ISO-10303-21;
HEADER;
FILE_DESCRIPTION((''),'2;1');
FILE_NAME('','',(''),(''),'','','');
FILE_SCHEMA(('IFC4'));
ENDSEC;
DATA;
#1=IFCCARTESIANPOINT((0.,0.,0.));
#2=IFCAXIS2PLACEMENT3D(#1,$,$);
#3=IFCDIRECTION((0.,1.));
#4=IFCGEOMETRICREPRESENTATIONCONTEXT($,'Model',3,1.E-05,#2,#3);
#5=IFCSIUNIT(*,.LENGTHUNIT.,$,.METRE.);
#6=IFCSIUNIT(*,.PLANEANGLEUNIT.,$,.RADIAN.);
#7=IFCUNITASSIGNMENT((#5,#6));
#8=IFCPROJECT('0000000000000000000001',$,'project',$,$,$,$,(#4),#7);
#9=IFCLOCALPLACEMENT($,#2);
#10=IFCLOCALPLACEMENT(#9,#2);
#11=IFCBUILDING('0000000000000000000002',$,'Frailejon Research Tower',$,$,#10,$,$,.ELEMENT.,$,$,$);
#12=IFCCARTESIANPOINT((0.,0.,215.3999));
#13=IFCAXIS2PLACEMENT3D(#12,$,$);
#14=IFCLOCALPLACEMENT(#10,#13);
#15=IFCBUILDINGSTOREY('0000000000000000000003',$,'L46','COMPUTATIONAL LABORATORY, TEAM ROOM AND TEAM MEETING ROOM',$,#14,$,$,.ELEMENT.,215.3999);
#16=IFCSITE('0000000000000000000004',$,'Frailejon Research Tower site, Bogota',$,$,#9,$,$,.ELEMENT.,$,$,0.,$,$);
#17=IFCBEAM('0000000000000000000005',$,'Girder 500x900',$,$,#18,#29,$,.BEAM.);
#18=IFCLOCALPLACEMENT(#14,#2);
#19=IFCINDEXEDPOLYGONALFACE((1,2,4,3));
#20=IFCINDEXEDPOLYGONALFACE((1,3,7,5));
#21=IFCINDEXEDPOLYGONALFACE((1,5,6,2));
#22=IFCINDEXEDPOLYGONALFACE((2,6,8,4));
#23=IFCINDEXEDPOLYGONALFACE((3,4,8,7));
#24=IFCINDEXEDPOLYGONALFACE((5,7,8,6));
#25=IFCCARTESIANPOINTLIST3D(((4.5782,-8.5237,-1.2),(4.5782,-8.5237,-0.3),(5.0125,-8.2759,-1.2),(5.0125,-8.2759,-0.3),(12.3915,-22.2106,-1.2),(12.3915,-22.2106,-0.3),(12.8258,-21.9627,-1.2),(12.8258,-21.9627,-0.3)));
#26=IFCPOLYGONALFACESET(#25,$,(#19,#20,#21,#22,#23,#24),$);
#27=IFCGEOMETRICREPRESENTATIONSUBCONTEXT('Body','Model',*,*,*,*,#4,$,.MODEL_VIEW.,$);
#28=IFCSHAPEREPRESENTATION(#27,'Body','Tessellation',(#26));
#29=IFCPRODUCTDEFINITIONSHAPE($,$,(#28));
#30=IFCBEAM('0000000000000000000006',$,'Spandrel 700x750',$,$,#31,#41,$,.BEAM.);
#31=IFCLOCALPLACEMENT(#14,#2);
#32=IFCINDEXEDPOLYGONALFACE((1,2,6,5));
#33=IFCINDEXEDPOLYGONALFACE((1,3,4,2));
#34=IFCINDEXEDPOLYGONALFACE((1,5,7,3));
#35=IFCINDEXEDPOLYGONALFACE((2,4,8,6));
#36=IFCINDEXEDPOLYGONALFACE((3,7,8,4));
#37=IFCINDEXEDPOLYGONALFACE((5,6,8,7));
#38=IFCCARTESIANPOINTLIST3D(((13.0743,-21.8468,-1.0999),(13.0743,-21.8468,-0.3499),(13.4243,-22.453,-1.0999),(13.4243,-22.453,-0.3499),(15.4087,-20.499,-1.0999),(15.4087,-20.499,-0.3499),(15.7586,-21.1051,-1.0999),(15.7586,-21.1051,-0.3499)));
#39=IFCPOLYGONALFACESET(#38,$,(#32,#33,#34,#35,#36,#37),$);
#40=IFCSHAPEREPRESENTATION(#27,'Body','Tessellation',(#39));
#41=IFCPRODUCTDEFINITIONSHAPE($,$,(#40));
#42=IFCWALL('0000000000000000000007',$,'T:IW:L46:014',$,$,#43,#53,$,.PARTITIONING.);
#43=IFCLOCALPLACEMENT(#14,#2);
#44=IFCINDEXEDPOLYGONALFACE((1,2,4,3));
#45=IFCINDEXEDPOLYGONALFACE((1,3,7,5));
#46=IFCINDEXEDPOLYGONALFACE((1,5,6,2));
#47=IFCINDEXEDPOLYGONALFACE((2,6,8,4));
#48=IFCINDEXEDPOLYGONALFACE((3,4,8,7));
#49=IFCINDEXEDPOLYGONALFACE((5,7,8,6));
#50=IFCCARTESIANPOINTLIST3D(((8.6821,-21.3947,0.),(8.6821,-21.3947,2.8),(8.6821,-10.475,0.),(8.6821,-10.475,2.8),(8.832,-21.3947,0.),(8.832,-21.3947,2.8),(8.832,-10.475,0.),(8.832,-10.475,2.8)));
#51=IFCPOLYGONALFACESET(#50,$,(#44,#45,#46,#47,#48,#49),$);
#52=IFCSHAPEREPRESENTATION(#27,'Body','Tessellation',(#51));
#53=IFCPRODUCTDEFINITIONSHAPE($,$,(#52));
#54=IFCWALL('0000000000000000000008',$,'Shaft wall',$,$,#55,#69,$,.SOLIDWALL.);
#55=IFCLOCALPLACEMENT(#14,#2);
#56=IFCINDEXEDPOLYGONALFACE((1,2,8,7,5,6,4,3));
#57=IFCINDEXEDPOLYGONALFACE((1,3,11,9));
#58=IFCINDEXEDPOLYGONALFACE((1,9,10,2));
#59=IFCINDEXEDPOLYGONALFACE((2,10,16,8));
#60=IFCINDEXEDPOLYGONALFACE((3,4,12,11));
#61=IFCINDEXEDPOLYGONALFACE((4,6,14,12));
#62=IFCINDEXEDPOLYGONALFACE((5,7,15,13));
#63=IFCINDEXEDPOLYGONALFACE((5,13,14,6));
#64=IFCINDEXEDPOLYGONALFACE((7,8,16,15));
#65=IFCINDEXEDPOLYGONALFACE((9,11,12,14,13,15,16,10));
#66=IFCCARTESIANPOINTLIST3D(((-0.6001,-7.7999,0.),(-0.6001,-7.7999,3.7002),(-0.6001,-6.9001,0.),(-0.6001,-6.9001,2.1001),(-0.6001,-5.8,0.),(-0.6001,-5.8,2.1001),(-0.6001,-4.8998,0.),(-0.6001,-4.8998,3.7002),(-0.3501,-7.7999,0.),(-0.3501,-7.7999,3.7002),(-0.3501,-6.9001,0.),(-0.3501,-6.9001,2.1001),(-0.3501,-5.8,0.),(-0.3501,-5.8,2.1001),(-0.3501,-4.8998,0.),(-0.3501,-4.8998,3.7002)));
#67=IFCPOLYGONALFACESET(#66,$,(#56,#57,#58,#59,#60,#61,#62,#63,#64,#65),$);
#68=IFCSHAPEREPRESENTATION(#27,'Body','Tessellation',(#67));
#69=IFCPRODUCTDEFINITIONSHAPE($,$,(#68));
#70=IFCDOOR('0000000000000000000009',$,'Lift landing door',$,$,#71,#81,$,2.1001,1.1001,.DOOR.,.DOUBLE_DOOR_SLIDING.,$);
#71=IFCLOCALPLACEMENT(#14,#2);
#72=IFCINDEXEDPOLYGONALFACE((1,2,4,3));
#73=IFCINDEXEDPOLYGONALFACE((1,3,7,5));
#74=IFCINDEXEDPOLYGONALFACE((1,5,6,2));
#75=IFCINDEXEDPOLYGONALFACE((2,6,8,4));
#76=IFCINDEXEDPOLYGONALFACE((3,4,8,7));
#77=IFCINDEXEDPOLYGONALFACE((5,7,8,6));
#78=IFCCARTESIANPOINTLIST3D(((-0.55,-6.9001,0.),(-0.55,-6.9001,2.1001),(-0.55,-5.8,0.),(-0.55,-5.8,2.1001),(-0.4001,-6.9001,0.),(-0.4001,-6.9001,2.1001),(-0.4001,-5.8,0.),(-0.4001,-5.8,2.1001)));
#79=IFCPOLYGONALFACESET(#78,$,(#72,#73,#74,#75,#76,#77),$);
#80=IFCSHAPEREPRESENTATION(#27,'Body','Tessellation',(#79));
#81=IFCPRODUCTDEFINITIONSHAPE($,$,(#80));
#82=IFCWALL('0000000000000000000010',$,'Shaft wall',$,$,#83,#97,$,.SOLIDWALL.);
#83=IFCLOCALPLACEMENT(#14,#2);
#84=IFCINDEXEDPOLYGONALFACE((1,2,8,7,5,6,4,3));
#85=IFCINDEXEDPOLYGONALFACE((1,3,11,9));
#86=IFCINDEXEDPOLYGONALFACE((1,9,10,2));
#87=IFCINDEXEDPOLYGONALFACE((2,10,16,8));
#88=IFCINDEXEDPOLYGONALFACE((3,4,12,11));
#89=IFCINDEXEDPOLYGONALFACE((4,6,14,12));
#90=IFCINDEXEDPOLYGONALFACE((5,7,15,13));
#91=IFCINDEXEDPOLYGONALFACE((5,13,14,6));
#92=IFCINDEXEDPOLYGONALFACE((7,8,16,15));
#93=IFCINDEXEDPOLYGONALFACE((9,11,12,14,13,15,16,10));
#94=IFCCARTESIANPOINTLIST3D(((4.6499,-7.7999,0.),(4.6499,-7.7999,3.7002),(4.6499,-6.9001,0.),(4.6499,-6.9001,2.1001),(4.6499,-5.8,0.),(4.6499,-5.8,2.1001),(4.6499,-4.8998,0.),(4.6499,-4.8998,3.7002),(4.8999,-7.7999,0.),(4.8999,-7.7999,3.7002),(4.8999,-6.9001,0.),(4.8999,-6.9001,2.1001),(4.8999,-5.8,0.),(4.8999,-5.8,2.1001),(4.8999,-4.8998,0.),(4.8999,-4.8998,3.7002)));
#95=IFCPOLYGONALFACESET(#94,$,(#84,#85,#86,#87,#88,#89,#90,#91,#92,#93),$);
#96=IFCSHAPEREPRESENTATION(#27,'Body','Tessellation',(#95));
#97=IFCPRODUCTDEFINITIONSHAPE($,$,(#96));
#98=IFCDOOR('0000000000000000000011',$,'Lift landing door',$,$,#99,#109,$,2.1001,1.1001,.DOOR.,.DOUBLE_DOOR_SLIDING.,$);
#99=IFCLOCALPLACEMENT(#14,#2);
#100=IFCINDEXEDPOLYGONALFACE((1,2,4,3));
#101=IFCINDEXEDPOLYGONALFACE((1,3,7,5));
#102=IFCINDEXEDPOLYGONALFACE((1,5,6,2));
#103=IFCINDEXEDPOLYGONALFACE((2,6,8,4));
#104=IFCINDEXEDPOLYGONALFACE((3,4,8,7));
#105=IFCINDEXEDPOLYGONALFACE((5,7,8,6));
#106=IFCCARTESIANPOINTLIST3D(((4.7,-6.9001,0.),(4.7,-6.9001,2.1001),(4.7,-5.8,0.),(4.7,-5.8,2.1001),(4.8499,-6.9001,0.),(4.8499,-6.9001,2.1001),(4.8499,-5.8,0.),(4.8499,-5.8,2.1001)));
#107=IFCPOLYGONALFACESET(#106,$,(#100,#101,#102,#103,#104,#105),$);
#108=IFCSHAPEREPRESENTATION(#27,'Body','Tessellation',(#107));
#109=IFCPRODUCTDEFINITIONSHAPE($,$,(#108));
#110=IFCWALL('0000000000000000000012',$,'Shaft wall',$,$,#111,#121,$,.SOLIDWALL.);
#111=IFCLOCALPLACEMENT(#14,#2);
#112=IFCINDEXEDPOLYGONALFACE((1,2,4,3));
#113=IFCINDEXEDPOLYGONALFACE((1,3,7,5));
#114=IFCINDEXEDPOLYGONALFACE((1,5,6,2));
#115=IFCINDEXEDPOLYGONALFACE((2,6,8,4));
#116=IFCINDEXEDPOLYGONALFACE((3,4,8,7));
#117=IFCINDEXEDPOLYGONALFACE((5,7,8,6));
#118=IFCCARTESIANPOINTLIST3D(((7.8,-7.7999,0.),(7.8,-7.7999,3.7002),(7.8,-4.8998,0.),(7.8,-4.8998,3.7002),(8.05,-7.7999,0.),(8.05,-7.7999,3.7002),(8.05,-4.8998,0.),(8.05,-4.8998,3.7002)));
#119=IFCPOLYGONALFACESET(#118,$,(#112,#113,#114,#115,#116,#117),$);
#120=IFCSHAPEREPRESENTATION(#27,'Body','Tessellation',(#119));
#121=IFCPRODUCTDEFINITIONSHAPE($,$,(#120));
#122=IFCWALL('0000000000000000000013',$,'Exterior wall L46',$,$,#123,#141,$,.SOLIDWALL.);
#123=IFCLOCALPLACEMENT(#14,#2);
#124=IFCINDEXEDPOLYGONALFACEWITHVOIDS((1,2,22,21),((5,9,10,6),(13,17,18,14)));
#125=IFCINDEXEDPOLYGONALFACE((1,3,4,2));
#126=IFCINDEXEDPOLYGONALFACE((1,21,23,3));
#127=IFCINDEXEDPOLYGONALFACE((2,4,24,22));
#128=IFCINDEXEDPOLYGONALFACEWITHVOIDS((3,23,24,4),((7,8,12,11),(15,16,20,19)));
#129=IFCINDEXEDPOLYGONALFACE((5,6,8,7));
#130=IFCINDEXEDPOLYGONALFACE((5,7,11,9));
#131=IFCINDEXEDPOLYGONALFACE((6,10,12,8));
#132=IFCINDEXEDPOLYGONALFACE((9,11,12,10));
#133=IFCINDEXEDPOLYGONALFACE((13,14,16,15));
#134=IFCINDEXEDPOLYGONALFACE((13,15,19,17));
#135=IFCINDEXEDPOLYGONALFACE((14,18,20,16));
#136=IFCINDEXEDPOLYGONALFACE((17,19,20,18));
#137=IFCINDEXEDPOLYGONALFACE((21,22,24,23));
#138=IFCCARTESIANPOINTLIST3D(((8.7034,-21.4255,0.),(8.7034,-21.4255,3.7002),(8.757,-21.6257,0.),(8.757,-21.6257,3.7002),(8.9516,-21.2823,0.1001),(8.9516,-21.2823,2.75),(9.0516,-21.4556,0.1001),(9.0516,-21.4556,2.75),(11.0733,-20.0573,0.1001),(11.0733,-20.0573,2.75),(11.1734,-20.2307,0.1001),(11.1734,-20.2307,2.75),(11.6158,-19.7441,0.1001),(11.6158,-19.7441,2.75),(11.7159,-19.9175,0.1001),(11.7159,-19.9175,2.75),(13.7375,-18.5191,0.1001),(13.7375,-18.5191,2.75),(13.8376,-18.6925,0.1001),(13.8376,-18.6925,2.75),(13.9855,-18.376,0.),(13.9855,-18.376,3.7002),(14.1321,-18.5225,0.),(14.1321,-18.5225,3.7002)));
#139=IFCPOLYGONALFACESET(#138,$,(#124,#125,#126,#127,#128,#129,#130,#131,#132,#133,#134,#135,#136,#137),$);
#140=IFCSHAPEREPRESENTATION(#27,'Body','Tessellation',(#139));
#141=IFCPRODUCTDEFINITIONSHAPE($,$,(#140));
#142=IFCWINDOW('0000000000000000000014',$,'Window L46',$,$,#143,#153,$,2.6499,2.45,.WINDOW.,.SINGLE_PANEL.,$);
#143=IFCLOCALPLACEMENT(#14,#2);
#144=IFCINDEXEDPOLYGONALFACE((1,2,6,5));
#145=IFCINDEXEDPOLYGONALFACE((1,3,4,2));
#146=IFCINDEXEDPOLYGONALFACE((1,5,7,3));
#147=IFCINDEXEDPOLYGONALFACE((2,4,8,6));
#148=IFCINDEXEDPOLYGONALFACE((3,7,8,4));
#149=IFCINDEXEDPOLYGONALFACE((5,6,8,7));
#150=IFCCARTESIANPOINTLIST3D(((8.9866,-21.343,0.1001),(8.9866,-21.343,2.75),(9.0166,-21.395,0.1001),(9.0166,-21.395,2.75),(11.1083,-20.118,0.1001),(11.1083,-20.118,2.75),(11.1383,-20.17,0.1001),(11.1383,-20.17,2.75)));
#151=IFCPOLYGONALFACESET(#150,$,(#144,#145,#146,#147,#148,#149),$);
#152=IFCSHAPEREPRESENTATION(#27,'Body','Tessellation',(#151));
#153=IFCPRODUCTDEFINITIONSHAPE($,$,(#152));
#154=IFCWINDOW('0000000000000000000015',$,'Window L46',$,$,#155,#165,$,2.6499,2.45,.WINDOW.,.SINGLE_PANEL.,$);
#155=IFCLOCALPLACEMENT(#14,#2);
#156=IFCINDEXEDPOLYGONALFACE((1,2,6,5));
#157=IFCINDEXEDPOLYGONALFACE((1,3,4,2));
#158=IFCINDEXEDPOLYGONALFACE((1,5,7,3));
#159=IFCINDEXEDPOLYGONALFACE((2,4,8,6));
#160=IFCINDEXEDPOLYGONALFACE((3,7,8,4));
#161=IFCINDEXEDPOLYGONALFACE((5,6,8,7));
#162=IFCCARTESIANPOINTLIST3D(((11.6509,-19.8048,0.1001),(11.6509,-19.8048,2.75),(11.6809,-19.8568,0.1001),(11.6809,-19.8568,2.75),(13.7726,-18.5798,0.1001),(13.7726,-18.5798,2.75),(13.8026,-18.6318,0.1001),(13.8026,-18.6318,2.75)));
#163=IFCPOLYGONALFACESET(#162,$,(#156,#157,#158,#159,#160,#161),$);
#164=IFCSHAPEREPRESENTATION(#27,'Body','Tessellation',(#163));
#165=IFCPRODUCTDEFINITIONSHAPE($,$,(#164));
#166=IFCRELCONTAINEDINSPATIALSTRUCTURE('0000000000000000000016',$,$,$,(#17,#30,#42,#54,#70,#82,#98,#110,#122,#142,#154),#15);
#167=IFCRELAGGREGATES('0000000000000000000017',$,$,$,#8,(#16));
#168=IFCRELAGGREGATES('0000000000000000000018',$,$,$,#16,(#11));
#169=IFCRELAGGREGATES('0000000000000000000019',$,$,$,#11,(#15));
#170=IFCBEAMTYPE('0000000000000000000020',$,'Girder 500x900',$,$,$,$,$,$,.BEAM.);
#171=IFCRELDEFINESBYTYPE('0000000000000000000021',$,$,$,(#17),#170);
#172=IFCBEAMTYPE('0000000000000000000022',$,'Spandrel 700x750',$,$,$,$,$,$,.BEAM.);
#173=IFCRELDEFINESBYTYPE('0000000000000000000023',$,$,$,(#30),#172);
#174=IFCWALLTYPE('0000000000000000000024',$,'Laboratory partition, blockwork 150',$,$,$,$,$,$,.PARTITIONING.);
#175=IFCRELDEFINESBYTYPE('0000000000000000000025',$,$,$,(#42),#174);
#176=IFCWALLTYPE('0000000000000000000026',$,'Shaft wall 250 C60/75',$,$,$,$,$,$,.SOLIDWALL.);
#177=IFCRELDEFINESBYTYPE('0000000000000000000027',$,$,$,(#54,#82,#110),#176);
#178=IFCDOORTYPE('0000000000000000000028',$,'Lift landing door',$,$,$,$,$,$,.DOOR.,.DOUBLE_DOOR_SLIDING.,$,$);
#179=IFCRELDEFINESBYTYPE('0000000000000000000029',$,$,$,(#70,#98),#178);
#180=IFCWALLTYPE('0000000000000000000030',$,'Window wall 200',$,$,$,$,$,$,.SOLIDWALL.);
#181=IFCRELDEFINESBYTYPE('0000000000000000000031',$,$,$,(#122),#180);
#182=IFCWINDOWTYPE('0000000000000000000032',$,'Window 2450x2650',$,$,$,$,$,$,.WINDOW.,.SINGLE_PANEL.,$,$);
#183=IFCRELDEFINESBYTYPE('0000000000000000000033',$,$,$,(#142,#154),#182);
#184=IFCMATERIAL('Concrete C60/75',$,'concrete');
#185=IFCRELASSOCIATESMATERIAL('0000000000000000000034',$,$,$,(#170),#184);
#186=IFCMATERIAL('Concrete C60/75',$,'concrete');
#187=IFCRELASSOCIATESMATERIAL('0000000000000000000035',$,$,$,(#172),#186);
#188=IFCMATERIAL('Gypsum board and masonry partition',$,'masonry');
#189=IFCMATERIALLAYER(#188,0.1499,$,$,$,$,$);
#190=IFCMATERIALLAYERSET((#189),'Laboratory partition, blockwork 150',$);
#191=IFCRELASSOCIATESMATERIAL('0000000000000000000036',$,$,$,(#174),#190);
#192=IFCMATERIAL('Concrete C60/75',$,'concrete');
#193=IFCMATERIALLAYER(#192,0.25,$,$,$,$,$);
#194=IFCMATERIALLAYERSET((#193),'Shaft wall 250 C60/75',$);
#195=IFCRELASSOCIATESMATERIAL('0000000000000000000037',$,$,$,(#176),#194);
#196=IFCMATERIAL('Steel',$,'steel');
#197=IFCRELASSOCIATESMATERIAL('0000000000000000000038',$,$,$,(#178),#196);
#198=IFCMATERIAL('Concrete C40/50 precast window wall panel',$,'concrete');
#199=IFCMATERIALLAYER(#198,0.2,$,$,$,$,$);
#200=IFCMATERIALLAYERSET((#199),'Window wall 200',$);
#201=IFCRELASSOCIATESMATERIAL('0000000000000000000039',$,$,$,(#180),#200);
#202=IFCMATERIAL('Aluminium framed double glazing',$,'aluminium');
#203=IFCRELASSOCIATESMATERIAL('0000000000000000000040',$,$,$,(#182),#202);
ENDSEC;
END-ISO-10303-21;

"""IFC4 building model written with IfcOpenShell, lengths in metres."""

from ifc_helpers import new_model, si_unit, direction, frame, frame_2d, origin, origin_2d, place, context, subcontext, project, spatial, polyline, rectangle, outline, extrude, material, layer, layer_set, material_profile, profile_set, type_object, element, fill, save


model = new_model("IFC4")

# Units and contexts
model_context = context("Model", 3, precision=1e-05, world=origin(), true_north=direction((0.0, 1.0)))
body_context = subcontext(model_context, "Body", "Model", "MODEL_VIEW")
ifc_project = project(units=[si_unit("LENGTHUNIT", "METRE"), si_unit("PLANEANGLEUNIT", "RADIAN")], contexts=[model_context])

# Site, building, storey
site_placement = place(None, origin())
site = spatial("IfcSite", under=ifc_project, at=site_placement, Name="Frailejon Research Tower site, Bogota", CompositionType="ELEMENT", RefElevation=0.0)
building_placement = place(site_placement, origin())
building = spatial("IfcBuilding", under=site, at=building_placement, Name="Frailejon Research Tower", CompositionType="ELEMENT")
storey_placement = place(building_placement, frame((0.0, 0.0, 215.3999)))
storey = spatial("IfcBuildingStorey", under=building, at=storey_placement, Name="L46", Description="COMPUTATIONAL LABORATORY, TEAM ROOM AND TEAM MEETING ROOM", CompositionType="ELEMENT", Elevation=215.3999)

# Beams
ifc_material_1 = material(Name="Concrete C60/75", Category="concrete")
ifc_material_profile_1 = material_profile(ifc_material_1, rectangle(XDim=0.5, YDim=0.8999, at=origin_2d()), Name="Girder 500x900")
ifc_profile_set_1 = profile_set([ifc_material_profile_1], Name="Concrete C60/75")
beam_type_1 = type_object("IfcBeamType", Name="Girder 500x900", PredefinedType="BEAM", material=ifc_profile_set_1)
beam_1_placement = place(storey_placement, frame((12.6086, -22.0867, -0.75), z_axis=(-0.495767, 0.868456, 0.0), x_axis=(-0.868456, -0.495767, 0.0)))
element("IfcBeam", 1, at=beam_1_placement, inside=storey, type_object=beam_type_1, Name="Girder 500x900", PredefinedType="BEAM", context=body_context, shape_type="SweptSolid", body=[
    extrude(rectangle(XDim=0.5, YDim=0.8999, at=origin_2d()), origin(), (0.0, 0.0, 1.0), 15.76),
])
ifc_material_2 = material(Name="Concrete C60/75", Category="concrete")
ifc_material_profile_2 = material_profile(ifc_material_2, rectangle(XDim=0.7, YDim=0.75, at=origin_2d()), Name="Spandrel 700x750")
ifc_profile_set_2 = profile_set([ifc_material_profile_2], Name="Concrete C60/75")
beam_type_2 = type_object("IfcBeamType", Name="Spandrel 700x750", PredefinedType="BEAM", material=ifc_profile_set_2)
beam_2_placement = place(storey_placement, frame((13.2493, -22.1499, -0.7249), z_axis=(0.866011, 0.500026, 0.0), x_axis=(-0.500026, 0.866011, 0.0)))
element("IfcBeam", 2, at=beam_2_placement, inside=storey, type_object=beam_type_2, Name="Spandrel 700x750", PredefinedType="BEAM", context=body_context, shape_type="SweptSolid", body=[
    extrude(rectangle(XDim=0.7, YDim=0.75, at=origin_2d()), origin(), (0.0, 0.0, 1.0), 2.6956),
])

# Wall
ifc_material_3 = material(Name="Gypsum board and masonry partition", Category="masonry")
ifc_layer_1 = layer(ifc_material_3, 0.1499)
ifc_layer_set_1 = layer_set([ifc_layer_1], Name="Laboratory partition, blockwork 150")
wall_type_1 = type_object("IfcWallType", Name="Laboratory partition, blockwork 150", PredefinedType="PARTITIONING", material=ifc_layer_set_1)
wall_1_placement = place(storey_placement, frame((8.7571, -21.3948, 0.0), z_axis=(0.0, 0.0, 1.0), x_axis=(0.0, 1.0, 0.0)))
element("IfcWall", 3, at=wall_1_placement, inside=storey, type_object=wall_type_1, Name="T:IW:L46:014", PredefinedType="PARTITIONING", context=body_context, shape_type="SweptSolid", body=[
    extrude(rectangle(XDim=10.9197, YDim=0.1499, at=frame_2d((5.46, 0.0))), origin(), (0.0, 0.0, 1.0), 2.8),
])

# Walls, openings, doors
ifc_material_4 = material(Name="Concrete C60/75", Category="concrete")
ifc_layer_2 = layer(ifc_material_4, 0.25)
ifc_layer_set_2 = layer_set([ifc_layer_2], Name="Shaft wall 250 C60/75")
wall_type_2 = type_object("IfcWallType", Name="Shaft wall 250 C60/75", PredefinedType="SOLIDWALL", material=ifc_layer_set_2)
wall_2_placement = place(storey_placement, frame((-0.4751, -7.8, 0.0), z_axis=(0.0, 0.0, 1.0), x_axis=(0.0, 1.0, 0.0)))
wall_2 = element("IfcWall", 4, at=wall_2_placement, inside=storey, type_object=wall_type_2, Name="Shaft wall", PredefinedType="SOLIDWALL", context=body_context, shape_type="SweptSolid", body=[
    extrude(rectangle(XDim=2.9001, YDim=0.25, at=frame_2d((1.4502, 0.0))), origin(), (0.0, 0.0, 1.0), 3.7002),
])
opening_1_placement = place(wall_2_placement, frame((0.8999, 0.0, 0.0)))
opening_1 = element("IfcOpeningElement", 5, at=opening_1_placement, cuts=wall_2, PredefinedType="OPENING", context=body_context, shape_type="SweptSolid", body=[
    extrude(rectangle(XDim=1.1001, YDim=2.1001, at=frame_2d((0.55, 1.05))), frame((0.0, 0.135, 0.0), z_axis=(0.0, -1.0, 0.0), x_axis=(1.0, 0.0, 0.0)), (0.0, 0.0, 1.0), 0.27),
])
ifc_material_5 = material(Name="Steel", Category="steel")
door_type_1 = type_object("IfcDoorType", Name="Lift landing door", OperationType="DOUBLE_DOOR_SLIDING", PredefinedType="DOOR", material=ifc_material_5)
door_1_placement = place(opening_1_placement, origin())
door_1 = element("IfcDoor", 6, at=door_1_placement, inside=storey, type_object=door_type_1, Name="Lift landing door", OperationType="DOUBLE_DOOR_SLIDING", OverallHeight=2.1001, OverallWidth=1.1001, PredefinedType="DOOR", context=body_context, shape_type="SweptSolid", body=[
    extrude(rectangle(XDim=1.1001, YDim=2.1001, at=frame_2d((0.55, 1.05))), frame((0.0, 0.075, 0.0), z_axis=(0.0, -1.0, 0.0), x_axis=(1.0, 0.0, 0.0)), (0.0, 0.0, 1.0), 0.1499),
])
fill(opening_1, door_1)
wall_3_placement = place(storey_placement, frame((4.7749, -7.8, 0.0), z_axis=(0.0, 0.0, 1.0), x_axis=(0.0, 1.0, 0.0)))
wall_3 = element("IfcWall", 7, at=wall_3_placement, inside=storey, type_object=wall_type_2, Name="Shaft wall", PredefinedType="SOLIDWALL", context=body_context, shape_type="SweptSolid", body=[
    extrude(rectangle(XDim=2.9001, YDim=0.25, at=frame_2d((1.4502, 0.0))), origin(), (0.0, 0.0, 1.0), 3.7002),
])
opening_2_placement = place(wall_3_placement, frame((0.8999, 0.0, 0.0)))
opening_2 = element("IfcOpeningElement", 8, at=opening_2_placement, cuts=wall_3, PredefinedType="OPENING", context=body_context, shape_type="SweptSolid", body=[
    extrude(rectangle(XDim=1.1001, YDim=2.1001, at=frame_2d((0.55, 1.05))), frame((0.0, 0.135, 0.0), z_axis=(0.0, -1.0, 0.0), x_axis=(1.0, 0.0, 0.0)), (0.0, 0.0, 1.0), 0.27),
])
door_2_placement = place(opening_2_placement, origin())
door_2 = element("IfcDoor", 9, at=door_2_placement, inside=storey, type_object=door_type_1, Name="Lift landing door", OperationType="DOUBLE_DOOR_SLIDING", OverallHeight=2.1001, OverallWidth=1.1001, PredefinedType="DOOR", context=body_context, shape_type="SweptSolid", body=[
    extrude(rectangle(XDim=1.1001, YDim=2.1001, at=frame_2d((0.55, 1.05))), frame((0.0, 0.075, 0.0), z_axis=(0.0, -1.0, 0.0), x_axis=(1.0, 0.0, 0.0)), (0.0, 0.0, 1.0), 0.1499),
])
fill(opening_2, door_2)

# Wall
wall_4_placement = place(storey_placement, frame((7.925, -7.8, 0.0), z_axis=(0.0, 0.0, 1.0), x_axis=(0.0, 1.0, 0.0)))
element("IfcWall", 10, at=wall_4_placement, inside=storey, type_object=wall_type_2, Name="Shaft wall", PredefinedType="SOLIDWALL", context=body_context, shape_type="SweptSolid", body=[
    extrude(rectangle(XDim=2.9001, YDim=0.25, at=frame_2d((1.4502, 0.0))), origin(), (0.0, 0.0, 1.0), 3.7002),
])

# Wall, openings, windows
ifc_material_6 = material(Name="Concrete C40/50 precast window wall panel", Category="concrete")
ifc_layer_3 = layer(ifc_material_6, 0.2)
ifc_layer_set_3 = layer_set([ifc_layer_3], Name="Window wall 200")
wall_type_3 = type_object("IfcWallType", Name="Window wall 200", PredefinedType="SOLIDWALL", material=ifc_layer_set_3)
wall_5_placement = place(storey_placement, frame((8.7302, -21.5256, 0.0), z_axis=(0.0, 0.0, 1.0), x_axis=(0.86603, 0.499993, 0.0)))
wall_5 = element("IfcWall", 11, at=wall_5_placement, inside=storey, type_object=wall_type_3, Name="Exterior wall L46", PredefinedType="SOLIDWALL", context=body_context, shape_type="SweptSolid", body=[
    extrude(outline(polyline([(-0.0269, -0.1001), (1.0076, -0.1001), (2.042, -0.1001), (3.0764, -0.1001), (4.1108, -0.1001), (5.1453, -0.1001), (6.1797, -0.1001), (6.126, 0.1001), (5.1094, 0.1001), (4.093, 0.1001), (3.0764, 0.1001), (2.0598, 0.1001), (1.0435, 0.1001), (0.0269, 0.1001), (-0.0269, -0.1001)])), origin(), (0.0, 0.0, 1.0), 3.7002),
])
opening_3_placement = place(wall_5_placement, frame((0.3132, 0.0, 0.1001)))
opening_3 = element("IfcOpeningElement", 12, at=opening_3_placement, cuts=wall_5, PredefinedType="OPENING", context=body_context, shape_type="SweptSolid", body=[
    extrude(rectangle(XDim=2.45, YDim=2.6499, at=frame_2d((1.2251, 1.325))), frame((0.0, 0.1099, 0.0), z_axis=(0.0, -1.0, 0.0), x_axis=(1.0, 0.0, 0.0)), (0.0, 0.0, 1.0), 0.22),
])
opening_4_placement = place(wall_5_placement, frame((3.3896, 0.0, 0.1001)))
opening_4 = element("IfcOpeningElement", 13, at=opening_4_placement, cuts=wall_5, PredefinedType="OPENING", context=body_context, shape_type="SweptSolid", body=[
    extrude(rectangle(XDim=2.45, YDim=2.6499, at=frame_2d((1.2251, 1.325))), frame((0.0, 0.1099, 0.0), z_axis=(0.0, -1.0, 0.0), x_axis=(1.0, 0.0, 0.0)), (0.0, 0.0, 1.0), 0.22),
])
ifc_material_7 = material(Name="Aluminium framed double glazing", Category="aluminium")
window_type_1 = type_object("IfcWindowType", Name="Window 2450x2650", PartitioningType="SINGLE_PANEL", PredefinedType="WINDOW", material=ifc_material_7)
window_1_placement = place(opening_3_placement, origin())
window_1 = element("IfcWindow", 14, at=window_1_placement, inside=storey, type_object=window_type_1, Name="Window L46", OverallHeight=2.6499, OverallWidth=2.45, PartitioningType="SINGLE_PANEL", PredefinedType="WINDOW", context=body_context, shape_type="SweptSolid", body=[
    extrude(rectangle(XDim=2.45, YDim=2.6499, at=frame_2d((1.2251, 1.325))), frame((0.0, 0.03, 0.0), z_axis=(0.0, -1.0, 0.0), x_axis=(1.0, 0.0, 0.0)), (0.0, 0.0, 1.0), 0.0601),
])
fill(opening_3, window_1)
window_2_placement = place(opening_4_placement, origin())
window_2 = element("IfcWindow", 15, at=window_2_placement, inside=storey, type_object=window_type_1, Name="Window L46", OverallHeight=2.6499, OverallWidth=2.45, PartitioningType="SINGLE_PANEL", PredefinedType="WINDOW", context=body_context, shape_type="SweptSolid", body=[
    extrude(rectangle(XDim=2.45, YDim=2.6499, at=frame_2d((1.2251, 1.325))), frame((0.0, 0.03, 0.0), z_axis=(0.0, -1.0, 0.0), x_axis=(1.0, 0.0, 0.0)), (0.0, 0.0, 1.0), 0.0601),
])
fill(opening_4, window_2)

save(model, "model.ifc")
